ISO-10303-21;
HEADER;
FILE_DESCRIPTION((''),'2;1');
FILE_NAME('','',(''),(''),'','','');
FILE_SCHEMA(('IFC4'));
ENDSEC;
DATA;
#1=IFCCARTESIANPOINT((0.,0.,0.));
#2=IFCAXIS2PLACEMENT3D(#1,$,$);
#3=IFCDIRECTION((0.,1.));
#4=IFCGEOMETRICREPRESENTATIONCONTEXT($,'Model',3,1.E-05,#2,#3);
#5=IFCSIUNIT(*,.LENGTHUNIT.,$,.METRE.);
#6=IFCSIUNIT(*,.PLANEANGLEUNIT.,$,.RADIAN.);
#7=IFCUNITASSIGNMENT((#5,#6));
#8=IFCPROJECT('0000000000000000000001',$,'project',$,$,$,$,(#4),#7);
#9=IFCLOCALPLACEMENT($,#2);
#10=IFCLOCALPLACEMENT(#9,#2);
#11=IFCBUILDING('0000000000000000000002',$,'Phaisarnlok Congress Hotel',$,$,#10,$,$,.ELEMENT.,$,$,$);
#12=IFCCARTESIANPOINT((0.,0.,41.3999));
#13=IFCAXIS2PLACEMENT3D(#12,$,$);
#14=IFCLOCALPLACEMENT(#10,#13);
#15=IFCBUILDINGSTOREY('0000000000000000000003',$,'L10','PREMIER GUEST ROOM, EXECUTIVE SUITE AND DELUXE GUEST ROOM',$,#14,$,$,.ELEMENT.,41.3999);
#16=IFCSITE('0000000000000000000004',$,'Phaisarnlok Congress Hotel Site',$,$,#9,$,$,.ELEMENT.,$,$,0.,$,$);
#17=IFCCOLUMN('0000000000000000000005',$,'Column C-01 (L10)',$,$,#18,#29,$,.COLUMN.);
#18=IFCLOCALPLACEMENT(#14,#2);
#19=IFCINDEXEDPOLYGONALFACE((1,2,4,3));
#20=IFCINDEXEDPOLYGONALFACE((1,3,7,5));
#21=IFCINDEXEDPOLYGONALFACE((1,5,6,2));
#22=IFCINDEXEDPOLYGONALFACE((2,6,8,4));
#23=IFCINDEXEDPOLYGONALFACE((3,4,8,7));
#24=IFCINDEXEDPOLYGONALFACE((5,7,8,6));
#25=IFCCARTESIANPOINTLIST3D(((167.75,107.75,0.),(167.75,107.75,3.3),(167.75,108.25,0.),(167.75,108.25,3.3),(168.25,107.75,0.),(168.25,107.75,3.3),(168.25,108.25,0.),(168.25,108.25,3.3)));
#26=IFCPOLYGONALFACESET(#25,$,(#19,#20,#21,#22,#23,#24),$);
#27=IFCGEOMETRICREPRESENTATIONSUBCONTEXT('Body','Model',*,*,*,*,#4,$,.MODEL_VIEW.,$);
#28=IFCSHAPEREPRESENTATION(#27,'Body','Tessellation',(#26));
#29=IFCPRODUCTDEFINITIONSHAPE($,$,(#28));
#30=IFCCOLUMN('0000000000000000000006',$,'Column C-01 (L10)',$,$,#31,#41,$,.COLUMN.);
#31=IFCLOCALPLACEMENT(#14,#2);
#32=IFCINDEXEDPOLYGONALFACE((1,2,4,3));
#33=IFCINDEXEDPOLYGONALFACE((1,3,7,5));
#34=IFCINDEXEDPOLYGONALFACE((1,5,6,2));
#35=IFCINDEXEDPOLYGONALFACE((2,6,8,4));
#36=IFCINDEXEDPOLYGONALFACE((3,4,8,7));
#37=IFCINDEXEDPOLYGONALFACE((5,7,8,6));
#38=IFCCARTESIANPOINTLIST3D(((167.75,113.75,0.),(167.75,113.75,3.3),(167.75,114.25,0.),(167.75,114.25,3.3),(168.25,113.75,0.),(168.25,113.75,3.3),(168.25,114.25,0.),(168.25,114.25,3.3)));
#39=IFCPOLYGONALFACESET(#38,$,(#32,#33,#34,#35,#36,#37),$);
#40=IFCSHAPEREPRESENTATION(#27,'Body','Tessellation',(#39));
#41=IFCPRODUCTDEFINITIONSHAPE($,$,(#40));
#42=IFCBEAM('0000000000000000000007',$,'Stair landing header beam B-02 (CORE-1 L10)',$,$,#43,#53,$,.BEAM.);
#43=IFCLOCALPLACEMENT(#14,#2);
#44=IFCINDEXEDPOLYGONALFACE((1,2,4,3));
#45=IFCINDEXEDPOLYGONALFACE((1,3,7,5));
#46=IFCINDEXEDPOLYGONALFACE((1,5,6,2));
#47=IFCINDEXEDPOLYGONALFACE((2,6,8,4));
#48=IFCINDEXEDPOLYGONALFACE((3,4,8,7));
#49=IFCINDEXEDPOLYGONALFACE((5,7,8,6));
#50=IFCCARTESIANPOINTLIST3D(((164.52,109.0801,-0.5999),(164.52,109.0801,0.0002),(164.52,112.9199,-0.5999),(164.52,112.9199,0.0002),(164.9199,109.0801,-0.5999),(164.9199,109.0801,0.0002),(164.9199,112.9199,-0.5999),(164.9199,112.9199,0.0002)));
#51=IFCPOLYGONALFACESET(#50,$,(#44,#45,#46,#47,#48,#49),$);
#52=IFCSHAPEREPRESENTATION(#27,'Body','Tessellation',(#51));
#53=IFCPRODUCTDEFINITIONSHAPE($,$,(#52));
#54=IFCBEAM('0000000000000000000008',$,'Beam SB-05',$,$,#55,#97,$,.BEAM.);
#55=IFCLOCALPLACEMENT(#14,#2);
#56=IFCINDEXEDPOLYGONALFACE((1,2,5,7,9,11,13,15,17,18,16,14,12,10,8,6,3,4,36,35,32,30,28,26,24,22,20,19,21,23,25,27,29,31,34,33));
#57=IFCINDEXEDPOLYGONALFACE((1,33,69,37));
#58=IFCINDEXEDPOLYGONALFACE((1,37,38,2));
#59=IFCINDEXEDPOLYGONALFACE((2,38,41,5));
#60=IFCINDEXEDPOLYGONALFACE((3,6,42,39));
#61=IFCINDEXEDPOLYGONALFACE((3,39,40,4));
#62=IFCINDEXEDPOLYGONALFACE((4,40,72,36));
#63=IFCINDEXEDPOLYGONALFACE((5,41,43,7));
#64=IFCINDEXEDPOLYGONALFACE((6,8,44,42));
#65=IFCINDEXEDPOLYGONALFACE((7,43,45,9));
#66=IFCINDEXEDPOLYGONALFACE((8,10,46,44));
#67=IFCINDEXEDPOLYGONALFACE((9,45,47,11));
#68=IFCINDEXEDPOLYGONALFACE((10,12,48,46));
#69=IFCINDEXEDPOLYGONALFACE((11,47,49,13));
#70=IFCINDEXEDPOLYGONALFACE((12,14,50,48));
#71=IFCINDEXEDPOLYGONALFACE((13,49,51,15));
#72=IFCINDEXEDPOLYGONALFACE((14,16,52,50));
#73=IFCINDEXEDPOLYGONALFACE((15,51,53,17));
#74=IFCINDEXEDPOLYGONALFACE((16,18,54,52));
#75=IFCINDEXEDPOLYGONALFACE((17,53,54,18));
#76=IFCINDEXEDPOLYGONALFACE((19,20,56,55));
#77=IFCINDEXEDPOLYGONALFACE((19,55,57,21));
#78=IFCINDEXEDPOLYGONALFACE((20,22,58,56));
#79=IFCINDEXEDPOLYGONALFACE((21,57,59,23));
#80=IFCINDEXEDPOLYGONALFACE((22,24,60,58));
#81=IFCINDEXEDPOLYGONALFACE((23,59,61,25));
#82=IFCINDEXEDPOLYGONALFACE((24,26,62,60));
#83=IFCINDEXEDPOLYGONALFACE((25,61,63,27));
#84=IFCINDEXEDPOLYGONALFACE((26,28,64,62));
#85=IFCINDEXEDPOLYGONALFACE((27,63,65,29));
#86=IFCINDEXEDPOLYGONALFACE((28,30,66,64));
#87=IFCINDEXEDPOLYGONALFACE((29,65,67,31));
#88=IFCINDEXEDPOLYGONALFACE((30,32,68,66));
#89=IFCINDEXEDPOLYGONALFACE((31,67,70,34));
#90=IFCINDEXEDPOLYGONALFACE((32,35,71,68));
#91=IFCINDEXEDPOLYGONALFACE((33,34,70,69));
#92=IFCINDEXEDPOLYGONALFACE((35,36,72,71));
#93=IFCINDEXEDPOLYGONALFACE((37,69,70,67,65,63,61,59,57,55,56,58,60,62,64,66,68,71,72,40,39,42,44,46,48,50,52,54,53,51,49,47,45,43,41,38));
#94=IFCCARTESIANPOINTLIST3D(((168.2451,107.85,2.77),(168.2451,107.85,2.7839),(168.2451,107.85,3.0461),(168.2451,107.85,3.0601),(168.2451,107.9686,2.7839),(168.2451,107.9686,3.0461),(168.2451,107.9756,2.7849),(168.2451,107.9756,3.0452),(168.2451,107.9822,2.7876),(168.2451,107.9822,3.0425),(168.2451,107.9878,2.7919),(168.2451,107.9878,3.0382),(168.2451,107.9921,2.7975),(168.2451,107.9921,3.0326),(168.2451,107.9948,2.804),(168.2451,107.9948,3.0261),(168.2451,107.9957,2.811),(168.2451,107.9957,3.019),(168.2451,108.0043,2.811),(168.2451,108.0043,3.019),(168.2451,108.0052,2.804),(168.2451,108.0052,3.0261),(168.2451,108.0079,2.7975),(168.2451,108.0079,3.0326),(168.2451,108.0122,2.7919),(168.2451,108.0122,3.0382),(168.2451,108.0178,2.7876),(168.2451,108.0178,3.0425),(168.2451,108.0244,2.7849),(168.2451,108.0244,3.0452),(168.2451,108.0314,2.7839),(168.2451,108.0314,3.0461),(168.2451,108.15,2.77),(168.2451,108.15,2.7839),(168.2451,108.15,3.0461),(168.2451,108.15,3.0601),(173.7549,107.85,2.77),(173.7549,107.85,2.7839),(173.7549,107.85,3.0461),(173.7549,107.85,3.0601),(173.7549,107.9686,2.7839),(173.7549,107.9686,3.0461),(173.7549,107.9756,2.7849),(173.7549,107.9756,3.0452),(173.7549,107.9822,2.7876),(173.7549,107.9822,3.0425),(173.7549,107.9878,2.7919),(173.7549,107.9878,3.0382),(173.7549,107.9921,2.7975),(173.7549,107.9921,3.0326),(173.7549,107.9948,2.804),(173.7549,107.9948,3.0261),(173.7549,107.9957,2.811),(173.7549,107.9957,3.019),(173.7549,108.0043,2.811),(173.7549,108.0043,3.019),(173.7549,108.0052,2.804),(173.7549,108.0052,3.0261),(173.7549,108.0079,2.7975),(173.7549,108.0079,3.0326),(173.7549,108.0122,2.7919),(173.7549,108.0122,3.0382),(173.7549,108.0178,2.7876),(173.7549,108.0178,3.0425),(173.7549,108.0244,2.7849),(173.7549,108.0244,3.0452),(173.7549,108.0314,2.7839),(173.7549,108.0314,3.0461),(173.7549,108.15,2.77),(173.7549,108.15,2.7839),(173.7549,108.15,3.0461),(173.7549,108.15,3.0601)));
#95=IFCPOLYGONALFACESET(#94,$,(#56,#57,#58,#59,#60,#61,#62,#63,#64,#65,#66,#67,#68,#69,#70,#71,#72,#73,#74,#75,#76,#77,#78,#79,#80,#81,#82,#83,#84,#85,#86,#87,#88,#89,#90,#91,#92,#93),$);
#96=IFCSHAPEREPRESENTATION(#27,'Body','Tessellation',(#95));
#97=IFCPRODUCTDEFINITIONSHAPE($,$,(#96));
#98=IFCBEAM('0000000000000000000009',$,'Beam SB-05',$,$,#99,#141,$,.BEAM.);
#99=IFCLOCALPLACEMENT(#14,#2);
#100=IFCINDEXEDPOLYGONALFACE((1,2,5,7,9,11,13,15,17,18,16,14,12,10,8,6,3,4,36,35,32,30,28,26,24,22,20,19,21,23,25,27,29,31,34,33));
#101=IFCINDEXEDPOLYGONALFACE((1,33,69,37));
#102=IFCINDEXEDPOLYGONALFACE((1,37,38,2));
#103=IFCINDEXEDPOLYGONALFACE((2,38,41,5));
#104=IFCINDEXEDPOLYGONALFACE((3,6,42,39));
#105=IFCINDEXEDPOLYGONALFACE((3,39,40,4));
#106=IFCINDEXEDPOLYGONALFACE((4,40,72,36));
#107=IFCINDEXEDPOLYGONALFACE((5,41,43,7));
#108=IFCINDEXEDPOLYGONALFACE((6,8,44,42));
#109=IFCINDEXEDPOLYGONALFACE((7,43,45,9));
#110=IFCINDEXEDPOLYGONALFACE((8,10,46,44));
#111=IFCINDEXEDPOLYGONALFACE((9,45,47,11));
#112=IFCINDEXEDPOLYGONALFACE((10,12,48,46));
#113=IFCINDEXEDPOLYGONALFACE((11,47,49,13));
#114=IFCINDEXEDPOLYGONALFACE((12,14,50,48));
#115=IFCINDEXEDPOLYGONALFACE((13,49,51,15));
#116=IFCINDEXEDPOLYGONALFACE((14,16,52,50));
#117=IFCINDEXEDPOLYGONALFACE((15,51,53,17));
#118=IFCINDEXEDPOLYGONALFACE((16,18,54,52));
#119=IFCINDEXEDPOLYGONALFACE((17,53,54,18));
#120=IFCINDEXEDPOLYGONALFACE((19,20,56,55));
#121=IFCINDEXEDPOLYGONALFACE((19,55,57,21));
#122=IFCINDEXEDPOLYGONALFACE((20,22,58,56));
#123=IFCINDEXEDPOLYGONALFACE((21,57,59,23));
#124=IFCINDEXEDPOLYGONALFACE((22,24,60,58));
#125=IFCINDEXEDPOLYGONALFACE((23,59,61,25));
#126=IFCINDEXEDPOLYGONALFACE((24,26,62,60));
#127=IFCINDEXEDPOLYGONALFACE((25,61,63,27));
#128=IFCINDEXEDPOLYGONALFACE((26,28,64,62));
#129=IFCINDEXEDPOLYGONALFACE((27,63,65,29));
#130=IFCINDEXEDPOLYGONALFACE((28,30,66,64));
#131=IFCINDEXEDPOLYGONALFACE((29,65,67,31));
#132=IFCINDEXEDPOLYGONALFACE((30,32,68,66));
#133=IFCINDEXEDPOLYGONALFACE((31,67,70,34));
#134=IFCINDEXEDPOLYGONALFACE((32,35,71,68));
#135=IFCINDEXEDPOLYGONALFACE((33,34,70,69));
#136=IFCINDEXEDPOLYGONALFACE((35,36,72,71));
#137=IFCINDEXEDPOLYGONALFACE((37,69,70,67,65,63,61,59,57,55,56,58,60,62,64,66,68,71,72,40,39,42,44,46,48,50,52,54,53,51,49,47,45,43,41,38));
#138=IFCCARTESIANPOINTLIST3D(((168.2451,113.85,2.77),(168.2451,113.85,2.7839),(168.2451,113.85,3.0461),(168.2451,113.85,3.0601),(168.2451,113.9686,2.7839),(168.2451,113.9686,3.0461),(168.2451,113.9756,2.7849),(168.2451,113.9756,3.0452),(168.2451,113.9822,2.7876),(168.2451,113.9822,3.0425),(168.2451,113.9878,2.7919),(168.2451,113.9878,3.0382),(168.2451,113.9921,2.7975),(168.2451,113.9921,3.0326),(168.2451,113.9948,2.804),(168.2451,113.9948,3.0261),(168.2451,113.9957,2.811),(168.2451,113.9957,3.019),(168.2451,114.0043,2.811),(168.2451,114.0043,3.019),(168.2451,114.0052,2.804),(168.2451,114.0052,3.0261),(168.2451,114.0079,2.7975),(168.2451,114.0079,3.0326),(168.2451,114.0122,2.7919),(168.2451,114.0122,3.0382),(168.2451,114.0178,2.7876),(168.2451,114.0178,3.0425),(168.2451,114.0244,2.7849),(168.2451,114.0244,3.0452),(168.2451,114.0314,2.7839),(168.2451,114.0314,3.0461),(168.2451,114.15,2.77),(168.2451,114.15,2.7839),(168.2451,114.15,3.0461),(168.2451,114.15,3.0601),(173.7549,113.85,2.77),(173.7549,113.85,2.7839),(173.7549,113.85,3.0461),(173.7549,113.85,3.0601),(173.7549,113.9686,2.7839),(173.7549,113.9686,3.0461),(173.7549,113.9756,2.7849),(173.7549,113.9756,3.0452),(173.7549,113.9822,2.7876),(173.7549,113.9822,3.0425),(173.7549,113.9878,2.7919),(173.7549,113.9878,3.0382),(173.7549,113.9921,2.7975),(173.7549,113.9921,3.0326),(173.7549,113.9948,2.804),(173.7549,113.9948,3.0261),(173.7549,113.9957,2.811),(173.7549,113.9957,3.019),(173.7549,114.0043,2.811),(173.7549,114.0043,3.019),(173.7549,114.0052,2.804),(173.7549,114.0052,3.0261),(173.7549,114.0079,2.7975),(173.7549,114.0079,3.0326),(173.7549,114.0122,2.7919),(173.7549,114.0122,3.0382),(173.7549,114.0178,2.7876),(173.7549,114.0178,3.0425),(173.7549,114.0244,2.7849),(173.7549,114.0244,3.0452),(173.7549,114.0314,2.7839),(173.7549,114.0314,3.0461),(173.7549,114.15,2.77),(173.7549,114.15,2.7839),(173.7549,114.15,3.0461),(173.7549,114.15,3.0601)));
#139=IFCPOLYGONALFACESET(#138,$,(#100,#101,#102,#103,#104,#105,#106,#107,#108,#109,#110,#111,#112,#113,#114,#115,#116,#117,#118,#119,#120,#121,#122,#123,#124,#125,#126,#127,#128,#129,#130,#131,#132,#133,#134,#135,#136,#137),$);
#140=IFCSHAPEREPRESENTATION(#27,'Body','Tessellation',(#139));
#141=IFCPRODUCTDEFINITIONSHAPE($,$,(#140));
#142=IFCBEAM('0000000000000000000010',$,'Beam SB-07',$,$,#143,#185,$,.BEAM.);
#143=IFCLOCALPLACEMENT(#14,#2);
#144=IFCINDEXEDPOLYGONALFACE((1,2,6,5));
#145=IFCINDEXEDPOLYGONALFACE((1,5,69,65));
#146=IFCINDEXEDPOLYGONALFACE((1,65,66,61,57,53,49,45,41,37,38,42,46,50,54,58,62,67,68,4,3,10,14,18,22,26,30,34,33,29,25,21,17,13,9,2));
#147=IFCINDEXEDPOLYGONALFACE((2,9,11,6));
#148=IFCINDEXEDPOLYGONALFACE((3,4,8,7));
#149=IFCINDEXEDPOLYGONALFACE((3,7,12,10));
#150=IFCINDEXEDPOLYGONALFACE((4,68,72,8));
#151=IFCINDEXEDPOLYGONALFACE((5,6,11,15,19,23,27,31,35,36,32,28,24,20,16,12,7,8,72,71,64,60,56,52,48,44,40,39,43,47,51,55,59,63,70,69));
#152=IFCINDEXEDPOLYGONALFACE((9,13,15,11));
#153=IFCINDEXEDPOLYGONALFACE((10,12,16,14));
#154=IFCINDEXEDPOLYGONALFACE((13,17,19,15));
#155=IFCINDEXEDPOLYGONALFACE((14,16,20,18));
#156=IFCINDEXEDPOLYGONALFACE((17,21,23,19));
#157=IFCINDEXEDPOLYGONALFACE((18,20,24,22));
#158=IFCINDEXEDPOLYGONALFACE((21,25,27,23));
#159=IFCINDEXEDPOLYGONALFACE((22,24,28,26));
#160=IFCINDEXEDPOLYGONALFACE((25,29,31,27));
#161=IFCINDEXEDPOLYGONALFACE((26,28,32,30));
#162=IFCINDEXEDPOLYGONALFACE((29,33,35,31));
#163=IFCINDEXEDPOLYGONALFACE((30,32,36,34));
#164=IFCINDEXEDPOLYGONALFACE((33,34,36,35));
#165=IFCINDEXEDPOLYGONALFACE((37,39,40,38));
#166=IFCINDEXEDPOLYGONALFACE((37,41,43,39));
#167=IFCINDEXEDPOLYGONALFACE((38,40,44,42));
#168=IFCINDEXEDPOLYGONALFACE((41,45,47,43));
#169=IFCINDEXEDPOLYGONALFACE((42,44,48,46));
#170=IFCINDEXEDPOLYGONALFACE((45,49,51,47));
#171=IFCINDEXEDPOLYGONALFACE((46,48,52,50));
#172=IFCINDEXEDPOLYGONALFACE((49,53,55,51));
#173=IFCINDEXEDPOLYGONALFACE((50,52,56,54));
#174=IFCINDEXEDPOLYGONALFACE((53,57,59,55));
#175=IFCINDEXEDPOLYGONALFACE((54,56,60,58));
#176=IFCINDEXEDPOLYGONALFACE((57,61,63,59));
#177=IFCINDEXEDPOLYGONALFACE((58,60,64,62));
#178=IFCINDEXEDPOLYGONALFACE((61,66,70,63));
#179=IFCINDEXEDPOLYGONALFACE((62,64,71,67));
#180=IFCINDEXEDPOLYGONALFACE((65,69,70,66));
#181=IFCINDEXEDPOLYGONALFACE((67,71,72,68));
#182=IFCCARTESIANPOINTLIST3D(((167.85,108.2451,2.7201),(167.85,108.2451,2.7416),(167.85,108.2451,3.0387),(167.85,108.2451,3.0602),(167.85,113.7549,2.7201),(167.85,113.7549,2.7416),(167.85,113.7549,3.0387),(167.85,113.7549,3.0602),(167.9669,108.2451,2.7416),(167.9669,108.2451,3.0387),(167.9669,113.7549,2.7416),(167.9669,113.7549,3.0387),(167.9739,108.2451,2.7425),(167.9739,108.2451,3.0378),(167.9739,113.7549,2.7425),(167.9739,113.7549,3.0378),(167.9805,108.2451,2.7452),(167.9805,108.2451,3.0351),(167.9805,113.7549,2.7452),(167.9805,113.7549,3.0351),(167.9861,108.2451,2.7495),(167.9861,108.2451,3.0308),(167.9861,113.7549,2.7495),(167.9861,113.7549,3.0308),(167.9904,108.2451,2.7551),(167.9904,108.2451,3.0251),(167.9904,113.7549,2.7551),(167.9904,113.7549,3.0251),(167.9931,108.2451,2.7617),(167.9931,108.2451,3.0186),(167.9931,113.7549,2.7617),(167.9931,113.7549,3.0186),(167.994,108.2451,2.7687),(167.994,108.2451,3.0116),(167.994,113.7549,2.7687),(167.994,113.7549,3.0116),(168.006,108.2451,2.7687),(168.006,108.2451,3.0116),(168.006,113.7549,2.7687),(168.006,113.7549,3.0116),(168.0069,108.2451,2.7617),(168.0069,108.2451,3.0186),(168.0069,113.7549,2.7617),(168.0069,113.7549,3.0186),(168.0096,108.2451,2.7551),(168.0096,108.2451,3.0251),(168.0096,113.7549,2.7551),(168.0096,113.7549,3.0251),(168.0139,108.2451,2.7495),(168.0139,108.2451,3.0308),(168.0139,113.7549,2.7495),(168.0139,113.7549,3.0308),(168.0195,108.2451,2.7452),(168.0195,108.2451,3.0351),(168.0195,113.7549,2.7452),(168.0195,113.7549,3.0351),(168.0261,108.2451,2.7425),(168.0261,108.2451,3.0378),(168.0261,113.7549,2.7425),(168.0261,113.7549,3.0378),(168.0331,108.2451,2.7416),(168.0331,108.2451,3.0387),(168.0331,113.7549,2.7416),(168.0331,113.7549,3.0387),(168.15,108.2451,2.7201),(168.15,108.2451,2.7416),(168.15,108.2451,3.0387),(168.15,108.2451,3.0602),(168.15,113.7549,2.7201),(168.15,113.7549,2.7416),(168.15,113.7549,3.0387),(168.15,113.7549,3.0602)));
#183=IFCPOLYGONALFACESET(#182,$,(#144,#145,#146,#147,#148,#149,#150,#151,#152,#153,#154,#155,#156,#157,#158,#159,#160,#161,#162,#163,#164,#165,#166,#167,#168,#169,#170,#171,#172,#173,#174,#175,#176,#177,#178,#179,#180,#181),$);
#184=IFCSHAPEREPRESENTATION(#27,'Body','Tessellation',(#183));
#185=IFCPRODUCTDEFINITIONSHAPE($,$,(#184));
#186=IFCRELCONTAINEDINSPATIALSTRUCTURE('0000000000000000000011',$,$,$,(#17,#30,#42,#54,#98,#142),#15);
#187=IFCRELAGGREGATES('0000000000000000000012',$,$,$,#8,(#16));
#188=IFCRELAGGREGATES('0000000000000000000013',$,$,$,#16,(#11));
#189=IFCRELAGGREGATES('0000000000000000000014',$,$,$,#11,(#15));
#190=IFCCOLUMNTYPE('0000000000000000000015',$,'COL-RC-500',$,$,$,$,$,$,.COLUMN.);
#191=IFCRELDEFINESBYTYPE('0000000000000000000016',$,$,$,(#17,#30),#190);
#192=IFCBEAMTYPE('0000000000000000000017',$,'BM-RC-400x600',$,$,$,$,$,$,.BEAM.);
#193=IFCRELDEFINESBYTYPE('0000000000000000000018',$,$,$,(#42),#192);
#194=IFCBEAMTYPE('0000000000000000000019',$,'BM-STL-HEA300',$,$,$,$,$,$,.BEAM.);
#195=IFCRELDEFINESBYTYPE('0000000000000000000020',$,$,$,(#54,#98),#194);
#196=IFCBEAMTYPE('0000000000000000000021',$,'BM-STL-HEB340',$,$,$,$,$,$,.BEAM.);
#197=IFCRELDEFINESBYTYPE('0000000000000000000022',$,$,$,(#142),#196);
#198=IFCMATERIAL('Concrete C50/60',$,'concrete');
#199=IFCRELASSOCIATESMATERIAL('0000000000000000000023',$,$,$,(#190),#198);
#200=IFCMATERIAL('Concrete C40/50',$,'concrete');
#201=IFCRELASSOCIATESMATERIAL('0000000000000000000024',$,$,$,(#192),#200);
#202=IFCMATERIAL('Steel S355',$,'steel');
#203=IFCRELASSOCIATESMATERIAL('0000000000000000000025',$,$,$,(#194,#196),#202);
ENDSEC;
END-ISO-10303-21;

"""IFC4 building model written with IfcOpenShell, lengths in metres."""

from ifc_helpers import new_model, si_unit, direction, frame, origin, origin_2d, place, context, subcontext, project, spatial, rectangle, i_section, extrude, material, material_profile, profile_set, type_object, element, save


model = new_model("IFC4")

# Units and contexts
model_context = context("Model", 3, precision=1e-05, world=origin(), true_north=direction((0.0, 1.0)))
body_context = subcontext(model_context, "Body", "Model", "MODEL_VIEW")
ifc_project = project(units=[si_unit("LENGTHUNIT", "METRE"), si_unit("PLANEANGLEUNIT", "RADIAN")], contexts=[model_context])

# Site, building, storey
site_placement = place(None, origin())
site = spatial("IfcSite", under=ifc_project, at=site_placement, Name="Phaisarnlok Congress Hotel Site", CompositionType="ELEMENT", RefElevation=0.0)
building_placement = place(site_placement, origin())
building = spatial("IfcBuilding", under=site, at=building_placement, Name="Phaisarnlok Congress Hotel", CompositionType="ELEMENT")
storey_placement = place(building_placement, frame((0.0, 0.0, 41.3999)))
storey = spatial("IfcBuildingStorey", under=building, at=storey_placement, Name="L10", Description="PREMIER GUEST ROOM, EXECUTIVE SUITE AND DELUXE GUEST ROOM", CompositionType="ELEMENT", Elevation=41.3999)

# Columns
ifc_material_1 = material(Name="Concrete C50/60", Category="concrete")
ifc_material_profile_1 = material_profile(ifc_material_1, rectangle(XDim=0.5, YDim=0.5, at=origin_2d()), Name="RC 500x500")
ifc_profile_set_1 = profile_set([ifc_material_profile_1], Name="Concrete C50/60")
column_type = type_object("IfcColumnType", Name="COL-RC-500", PredefinedType="COLUMN", material=ifc_profile_set_1)
for number, where, z_axis, x_axis, name in (
    (1, (168.0, 108.0, 0.0), (0.0, 0.0, 1.0), (1.0, 0.0, 0.0), "Column C-01 (L10)"),
    (2, (168.0, 114.0, 0.0), (0.0, 0.0, 1.0), (1.0, 0.0, 0.0), "Column C-01 (L10)"),
):
    element("IfcColumn", number, at=place(storey_placement, frame(where, z_axis=z_axis, x_axis=x_axis)), inside=storey, type_object=column_type, Name=name, PredefinedType="COLUMN", context=body_context, shape_type="SweptSolid", body=[
        extrude(rectangle(XDim=0.5, YDim=0.5, at=origin_2d()), origin(), (0.0, 0.0, 1.0), 3.3),
    ])

# Beams
ifc_material_2 = material(Name="Concrete C40/50", Category="concrete")
ifc_material_profile_2 = material_profile(ifc_material_2, rectangle(XDim=0.3999, YDim=0.6001, at=origin_2d()), Name="RC 400x600")
ifc_profile_set_2 = profile_set([ifc_material_profile_2], Name="Concrete C40/50")
beam_type_1 = type_object("IfcBeamType", Name="BM-RC-400x600", PredefinedType="BEAM", material=ifc_profile_set_2)
beam_1_placement = place(storey_placement, frame((164.72, 109.0801, -0.2998), z_axis=(0.0, 1.0, 0.0), x_axis=(-1.0, 0.0, 0.0)))
element("IfcBeam", 3, at=beam_1_placement, inside=storey, type_object=beam_type_1, Name="Stair landing header beam B-02 (CORE-1 L10)", PredefinedType="BEAM", context=body_context, shape_type="SweptSolid", body=[
    extrude(rectangle(XDim=0.3999, YDim=0.6001, at=origin_2d()), origin(), (0.0, 0.0, 1.0), 3.8398),
])
ifc_material_3 = material(Name="Steel S355", Category="steel")
ifc_material_profile_3 = material_profile(ifc_material_3, i_section(OverallWidth=0.3, OverallDepth=0.29, WebThickness=0.0085, FlangeThickness=0.0139, FilletRadius=0.0271, at=origin_2d()), Name="HEA 300")
ifc_profile_set_3 = profile_set([ifc_material_profile_3], Name="Steel S355")
beam_type_2 = type_object("IfcBeamType", Name="BM-STL-HEA300", PredefinedType="BEAM", material=ifc_profile_set_3)
for number, where, z_axis, x_axis, name in (
    (4, (168.2451, 108.0, 2.915), (1.0, 0.0, 0.0), (0.0, 1.0, 0.0), "Beam SB-05"),
    (5, (168.2451, 114.0, 2.915), (1.0, 0.0, 0.0), (0.0, 1.0, 0.0), "Beam SB-05"),
):
    element("IfcBeam", number, at=place(storey_placement, frame(where, z_axis=z_axis, x_axis=x_axis)), inside=storey, type_object=beam_type_2, Name=name, PredefinedType="BEAM", context=body_context, shape_type="SweptSolid", body=[
        extrude(i_section(OverallWidth=0.3, OverallDepth=0.29, WebThickness=0.0085, FlangeThickness=0.0139, FilletRadius=0.0271, at=origin_2d()), origin(), (0.0, 0.0, 1.0), 5.5098),
    ])
ifc_material_profile_4 = material_profile(ifc_material_3, i_section(OverallWidth=0.3, OverallDepth=0.3401, WebThickness=0.012, FlangeThickness=0.0215, FilletRadius=0.0271, at=origin_2d()), Name="HEB 340")
ifc_profile_set_4 = profile_set([ifc_material_profile_4], Name="Steel S355")
beam_type_3 = type_object("IfcBeamType", Name="BM-STL-HEB340", PredefinedType="BEAM", material=ifc_profile_set_4)
beam_2_placement = place(storey_placement, frame((168.0, 108.2451, 2.8901), z_axis=(0.0, 1.0, 0.0), x_axis=(-1.0, 0.0, 0.0)))
element("IfcBeam", 6, at=beam_2_placement, inside=storey, type_object=beam_type_3, Name="Beam SB-07", PredefinedType="BEAM", context=body_context, shape_type="SweptSolid", body=[
    extrude(i_section(OverallWidth=0.3, OverallDepth=0.3401, WebThickness=0.012, FlangeThickness=0.0215, FilletRadius=0.0271, at=origin_2d()), origin(), (0.0, 0.0, 1.0), 5.5098),
])

save(model, "model.ifc")
